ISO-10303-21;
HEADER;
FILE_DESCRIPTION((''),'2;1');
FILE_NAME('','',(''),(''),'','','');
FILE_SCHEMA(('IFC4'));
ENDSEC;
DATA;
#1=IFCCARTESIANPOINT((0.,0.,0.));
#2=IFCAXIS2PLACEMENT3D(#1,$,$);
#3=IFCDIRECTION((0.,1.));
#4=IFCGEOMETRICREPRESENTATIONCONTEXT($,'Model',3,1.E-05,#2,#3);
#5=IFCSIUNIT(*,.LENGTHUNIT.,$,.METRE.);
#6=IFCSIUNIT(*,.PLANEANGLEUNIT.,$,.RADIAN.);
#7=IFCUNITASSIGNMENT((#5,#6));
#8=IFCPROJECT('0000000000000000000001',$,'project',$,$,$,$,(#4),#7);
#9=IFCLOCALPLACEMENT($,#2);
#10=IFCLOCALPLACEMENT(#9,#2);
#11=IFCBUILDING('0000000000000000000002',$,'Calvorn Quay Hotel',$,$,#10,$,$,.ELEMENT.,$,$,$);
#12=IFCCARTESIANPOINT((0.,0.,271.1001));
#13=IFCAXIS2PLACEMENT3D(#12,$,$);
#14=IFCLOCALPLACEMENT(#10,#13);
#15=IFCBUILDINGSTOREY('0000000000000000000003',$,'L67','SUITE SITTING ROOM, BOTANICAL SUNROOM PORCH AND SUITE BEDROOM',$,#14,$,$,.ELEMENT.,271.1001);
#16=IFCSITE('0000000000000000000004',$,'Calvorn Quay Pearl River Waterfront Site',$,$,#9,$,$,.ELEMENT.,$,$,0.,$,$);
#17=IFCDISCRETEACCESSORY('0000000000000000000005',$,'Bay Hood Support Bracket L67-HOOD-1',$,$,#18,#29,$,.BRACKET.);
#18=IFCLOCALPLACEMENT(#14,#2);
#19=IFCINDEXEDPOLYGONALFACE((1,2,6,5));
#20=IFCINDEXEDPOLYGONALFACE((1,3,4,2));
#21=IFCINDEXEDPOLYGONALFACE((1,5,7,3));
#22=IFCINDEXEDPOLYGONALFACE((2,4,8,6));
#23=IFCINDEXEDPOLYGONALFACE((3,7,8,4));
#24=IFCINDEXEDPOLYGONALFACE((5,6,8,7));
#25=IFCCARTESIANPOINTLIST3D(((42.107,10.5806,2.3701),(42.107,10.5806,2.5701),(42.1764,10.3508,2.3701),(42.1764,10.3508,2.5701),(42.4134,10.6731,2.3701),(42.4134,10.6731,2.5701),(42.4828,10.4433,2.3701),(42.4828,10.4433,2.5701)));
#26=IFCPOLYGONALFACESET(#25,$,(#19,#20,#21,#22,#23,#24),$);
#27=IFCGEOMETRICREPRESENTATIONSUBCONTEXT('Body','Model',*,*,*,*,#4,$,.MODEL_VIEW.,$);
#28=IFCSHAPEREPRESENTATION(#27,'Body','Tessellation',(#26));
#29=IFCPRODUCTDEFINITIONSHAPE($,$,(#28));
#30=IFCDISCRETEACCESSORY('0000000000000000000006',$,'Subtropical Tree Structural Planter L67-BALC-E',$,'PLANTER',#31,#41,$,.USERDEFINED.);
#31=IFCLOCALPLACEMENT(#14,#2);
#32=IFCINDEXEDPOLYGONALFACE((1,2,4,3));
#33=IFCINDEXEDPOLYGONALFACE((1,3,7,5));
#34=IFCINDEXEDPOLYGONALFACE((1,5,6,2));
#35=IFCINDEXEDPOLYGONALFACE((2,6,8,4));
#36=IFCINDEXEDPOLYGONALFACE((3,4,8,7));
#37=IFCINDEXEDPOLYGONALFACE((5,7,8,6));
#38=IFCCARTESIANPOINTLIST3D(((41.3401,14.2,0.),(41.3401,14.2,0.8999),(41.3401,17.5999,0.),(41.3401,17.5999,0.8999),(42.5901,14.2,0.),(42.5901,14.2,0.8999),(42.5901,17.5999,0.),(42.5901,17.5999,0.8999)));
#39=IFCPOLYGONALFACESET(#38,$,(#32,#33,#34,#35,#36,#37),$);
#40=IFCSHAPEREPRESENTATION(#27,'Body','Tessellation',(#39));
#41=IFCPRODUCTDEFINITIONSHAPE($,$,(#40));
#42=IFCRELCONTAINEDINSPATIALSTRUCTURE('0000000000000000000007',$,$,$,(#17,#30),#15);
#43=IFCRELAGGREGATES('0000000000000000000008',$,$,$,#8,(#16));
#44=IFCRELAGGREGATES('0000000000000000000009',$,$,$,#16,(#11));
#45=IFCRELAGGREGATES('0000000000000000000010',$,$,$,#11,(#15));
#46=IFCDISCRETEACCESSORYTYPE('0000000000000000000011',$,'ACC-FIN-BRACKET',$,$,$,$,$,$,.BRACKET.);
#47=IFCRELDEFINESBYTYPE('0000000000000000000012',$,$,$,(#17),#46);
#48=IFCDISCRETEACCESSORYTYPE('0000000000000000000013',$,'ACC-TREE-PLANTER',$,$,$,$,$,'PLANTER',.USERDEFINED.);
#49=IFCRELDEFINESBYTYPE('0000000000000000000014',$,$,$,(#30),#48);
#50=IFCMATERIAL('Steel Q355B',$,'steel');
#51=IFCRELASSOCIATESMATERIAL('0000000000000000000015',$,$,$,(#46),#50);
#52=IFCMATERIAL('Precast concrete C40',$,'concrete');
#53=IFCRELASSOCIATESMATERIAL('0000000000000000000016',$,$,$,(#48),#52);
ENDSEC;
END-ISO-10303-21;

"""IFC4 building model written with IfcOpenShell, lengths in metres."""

from ifc_helpers import new_model, si_unit, direction, frame, origin, origin_2d, place, context, subcontext, project, spatial, rectangle, extrude, material, type_object, element, save


model = new_model("IFC4")

# Units and contexts
model_context = context("Model", 3, precision=1e-05, world=origin(), true_north=direction((0.0, 1.0)))
body_context = subcontext(model_context, "Body", "Model", "MODEL_VIEW")
ifc_project = project(units=[si_unit("LENGTHUNIT", "METRE"), si_unit("PLANEANGLEUNIT", "RADIAN")], contexts=[model_context])

# Site, building, storey
site_placement = place(None, origin())
site = spatial("IfcSite", under=ifc_project, at=site_placement, Name="Calvorn Quay Pearl River Waterfront Site", CompositionType="ELEMENT", RefElevation=0.0)
building_placement = place(site_placement, origin())
building = spatial("IfcBuilding", under=site, at=building_placement, Name="Calvorn Quay Hotel", CompositionType="ELEMENT")
storey_placement = place(building_placement, frame((0.0, 0.0, 271.1001)))
storey = spatial("IfcBuildingStorey", under=building, at=storey_placement, Name="L67", Description="SUITE SITTING ROOM, BOTANICAL SUNROOM PORCH AND SUITE BEDROOM", CompositionType="ELEMENT", Elevation=271.1001)

# Discrete accessories
ifc_material_1 = material(Name="Steel Q355B", Category="steel")
discrete_accessory_type_1 = type_object("IfcDiscreteAccessoryType", Name="ACC-FIN-BRACKET", PredefinedType="BRACKET", material=ifc_material_1)
discrete_accessory_1_placement = place(storey_placement, frame((42.2949, 10.512, 2.3701), z_axis=(0.0, 0.0, 1.0), x_axis=(0.957319, 0.289032, 0.0)))
element("IfcDiscreteAccessory", 1, at=discrete_accessory_1_placement, inside=storey, type_object=discrete_accessory_type_1, Name="Bay Hood Support Bracket L67-HOOD-1", PredefinedType="BRACKET", context=body_context, shape_type="SweptSolid", body=[
    extrude(rectangle(XDim=0.3201, YDim=0.24, at=origin_2d()), origin(), (0.0, 0.0, 1.0), 0.2),
])
ifc_material_2 = material(Name="Precast concrete C40", Category="concrete")
discrete_accessory_type_2 = type_object("IfcDiscreteAccessoryType", Name="ACC-TREE-PLANTER", ElementType="PLANTER", PredefinedType="USERDEFINED", material=ifc_material_2)
discrete_accessory_2_placement = place(storey_placement, frame((41.9651, 15.8999, 0.0), z_axis=(0.0, 0.0, 1.0), x_axis=(1.0, 0.0, 0.0)))
element("IfcDiscreteAccessory", 2, at=discrete_accessory_2_placement, inside=storey, type_object=discrete_accessory_type_2, Name="Subtropical Tree Structural Planter L67-BALC-E", ObjectType="PLANTER", PredefinedType="USERDEFINED", context=body_context, shape_type="SweptSolid", body=[
    extrude(rectangle(XDim=1.25, YDim=3.3999, at=origin_2d()), origin(), (0.0, 0.0, 1.0), 0.8999),
])

save(model, "model.ifc")
